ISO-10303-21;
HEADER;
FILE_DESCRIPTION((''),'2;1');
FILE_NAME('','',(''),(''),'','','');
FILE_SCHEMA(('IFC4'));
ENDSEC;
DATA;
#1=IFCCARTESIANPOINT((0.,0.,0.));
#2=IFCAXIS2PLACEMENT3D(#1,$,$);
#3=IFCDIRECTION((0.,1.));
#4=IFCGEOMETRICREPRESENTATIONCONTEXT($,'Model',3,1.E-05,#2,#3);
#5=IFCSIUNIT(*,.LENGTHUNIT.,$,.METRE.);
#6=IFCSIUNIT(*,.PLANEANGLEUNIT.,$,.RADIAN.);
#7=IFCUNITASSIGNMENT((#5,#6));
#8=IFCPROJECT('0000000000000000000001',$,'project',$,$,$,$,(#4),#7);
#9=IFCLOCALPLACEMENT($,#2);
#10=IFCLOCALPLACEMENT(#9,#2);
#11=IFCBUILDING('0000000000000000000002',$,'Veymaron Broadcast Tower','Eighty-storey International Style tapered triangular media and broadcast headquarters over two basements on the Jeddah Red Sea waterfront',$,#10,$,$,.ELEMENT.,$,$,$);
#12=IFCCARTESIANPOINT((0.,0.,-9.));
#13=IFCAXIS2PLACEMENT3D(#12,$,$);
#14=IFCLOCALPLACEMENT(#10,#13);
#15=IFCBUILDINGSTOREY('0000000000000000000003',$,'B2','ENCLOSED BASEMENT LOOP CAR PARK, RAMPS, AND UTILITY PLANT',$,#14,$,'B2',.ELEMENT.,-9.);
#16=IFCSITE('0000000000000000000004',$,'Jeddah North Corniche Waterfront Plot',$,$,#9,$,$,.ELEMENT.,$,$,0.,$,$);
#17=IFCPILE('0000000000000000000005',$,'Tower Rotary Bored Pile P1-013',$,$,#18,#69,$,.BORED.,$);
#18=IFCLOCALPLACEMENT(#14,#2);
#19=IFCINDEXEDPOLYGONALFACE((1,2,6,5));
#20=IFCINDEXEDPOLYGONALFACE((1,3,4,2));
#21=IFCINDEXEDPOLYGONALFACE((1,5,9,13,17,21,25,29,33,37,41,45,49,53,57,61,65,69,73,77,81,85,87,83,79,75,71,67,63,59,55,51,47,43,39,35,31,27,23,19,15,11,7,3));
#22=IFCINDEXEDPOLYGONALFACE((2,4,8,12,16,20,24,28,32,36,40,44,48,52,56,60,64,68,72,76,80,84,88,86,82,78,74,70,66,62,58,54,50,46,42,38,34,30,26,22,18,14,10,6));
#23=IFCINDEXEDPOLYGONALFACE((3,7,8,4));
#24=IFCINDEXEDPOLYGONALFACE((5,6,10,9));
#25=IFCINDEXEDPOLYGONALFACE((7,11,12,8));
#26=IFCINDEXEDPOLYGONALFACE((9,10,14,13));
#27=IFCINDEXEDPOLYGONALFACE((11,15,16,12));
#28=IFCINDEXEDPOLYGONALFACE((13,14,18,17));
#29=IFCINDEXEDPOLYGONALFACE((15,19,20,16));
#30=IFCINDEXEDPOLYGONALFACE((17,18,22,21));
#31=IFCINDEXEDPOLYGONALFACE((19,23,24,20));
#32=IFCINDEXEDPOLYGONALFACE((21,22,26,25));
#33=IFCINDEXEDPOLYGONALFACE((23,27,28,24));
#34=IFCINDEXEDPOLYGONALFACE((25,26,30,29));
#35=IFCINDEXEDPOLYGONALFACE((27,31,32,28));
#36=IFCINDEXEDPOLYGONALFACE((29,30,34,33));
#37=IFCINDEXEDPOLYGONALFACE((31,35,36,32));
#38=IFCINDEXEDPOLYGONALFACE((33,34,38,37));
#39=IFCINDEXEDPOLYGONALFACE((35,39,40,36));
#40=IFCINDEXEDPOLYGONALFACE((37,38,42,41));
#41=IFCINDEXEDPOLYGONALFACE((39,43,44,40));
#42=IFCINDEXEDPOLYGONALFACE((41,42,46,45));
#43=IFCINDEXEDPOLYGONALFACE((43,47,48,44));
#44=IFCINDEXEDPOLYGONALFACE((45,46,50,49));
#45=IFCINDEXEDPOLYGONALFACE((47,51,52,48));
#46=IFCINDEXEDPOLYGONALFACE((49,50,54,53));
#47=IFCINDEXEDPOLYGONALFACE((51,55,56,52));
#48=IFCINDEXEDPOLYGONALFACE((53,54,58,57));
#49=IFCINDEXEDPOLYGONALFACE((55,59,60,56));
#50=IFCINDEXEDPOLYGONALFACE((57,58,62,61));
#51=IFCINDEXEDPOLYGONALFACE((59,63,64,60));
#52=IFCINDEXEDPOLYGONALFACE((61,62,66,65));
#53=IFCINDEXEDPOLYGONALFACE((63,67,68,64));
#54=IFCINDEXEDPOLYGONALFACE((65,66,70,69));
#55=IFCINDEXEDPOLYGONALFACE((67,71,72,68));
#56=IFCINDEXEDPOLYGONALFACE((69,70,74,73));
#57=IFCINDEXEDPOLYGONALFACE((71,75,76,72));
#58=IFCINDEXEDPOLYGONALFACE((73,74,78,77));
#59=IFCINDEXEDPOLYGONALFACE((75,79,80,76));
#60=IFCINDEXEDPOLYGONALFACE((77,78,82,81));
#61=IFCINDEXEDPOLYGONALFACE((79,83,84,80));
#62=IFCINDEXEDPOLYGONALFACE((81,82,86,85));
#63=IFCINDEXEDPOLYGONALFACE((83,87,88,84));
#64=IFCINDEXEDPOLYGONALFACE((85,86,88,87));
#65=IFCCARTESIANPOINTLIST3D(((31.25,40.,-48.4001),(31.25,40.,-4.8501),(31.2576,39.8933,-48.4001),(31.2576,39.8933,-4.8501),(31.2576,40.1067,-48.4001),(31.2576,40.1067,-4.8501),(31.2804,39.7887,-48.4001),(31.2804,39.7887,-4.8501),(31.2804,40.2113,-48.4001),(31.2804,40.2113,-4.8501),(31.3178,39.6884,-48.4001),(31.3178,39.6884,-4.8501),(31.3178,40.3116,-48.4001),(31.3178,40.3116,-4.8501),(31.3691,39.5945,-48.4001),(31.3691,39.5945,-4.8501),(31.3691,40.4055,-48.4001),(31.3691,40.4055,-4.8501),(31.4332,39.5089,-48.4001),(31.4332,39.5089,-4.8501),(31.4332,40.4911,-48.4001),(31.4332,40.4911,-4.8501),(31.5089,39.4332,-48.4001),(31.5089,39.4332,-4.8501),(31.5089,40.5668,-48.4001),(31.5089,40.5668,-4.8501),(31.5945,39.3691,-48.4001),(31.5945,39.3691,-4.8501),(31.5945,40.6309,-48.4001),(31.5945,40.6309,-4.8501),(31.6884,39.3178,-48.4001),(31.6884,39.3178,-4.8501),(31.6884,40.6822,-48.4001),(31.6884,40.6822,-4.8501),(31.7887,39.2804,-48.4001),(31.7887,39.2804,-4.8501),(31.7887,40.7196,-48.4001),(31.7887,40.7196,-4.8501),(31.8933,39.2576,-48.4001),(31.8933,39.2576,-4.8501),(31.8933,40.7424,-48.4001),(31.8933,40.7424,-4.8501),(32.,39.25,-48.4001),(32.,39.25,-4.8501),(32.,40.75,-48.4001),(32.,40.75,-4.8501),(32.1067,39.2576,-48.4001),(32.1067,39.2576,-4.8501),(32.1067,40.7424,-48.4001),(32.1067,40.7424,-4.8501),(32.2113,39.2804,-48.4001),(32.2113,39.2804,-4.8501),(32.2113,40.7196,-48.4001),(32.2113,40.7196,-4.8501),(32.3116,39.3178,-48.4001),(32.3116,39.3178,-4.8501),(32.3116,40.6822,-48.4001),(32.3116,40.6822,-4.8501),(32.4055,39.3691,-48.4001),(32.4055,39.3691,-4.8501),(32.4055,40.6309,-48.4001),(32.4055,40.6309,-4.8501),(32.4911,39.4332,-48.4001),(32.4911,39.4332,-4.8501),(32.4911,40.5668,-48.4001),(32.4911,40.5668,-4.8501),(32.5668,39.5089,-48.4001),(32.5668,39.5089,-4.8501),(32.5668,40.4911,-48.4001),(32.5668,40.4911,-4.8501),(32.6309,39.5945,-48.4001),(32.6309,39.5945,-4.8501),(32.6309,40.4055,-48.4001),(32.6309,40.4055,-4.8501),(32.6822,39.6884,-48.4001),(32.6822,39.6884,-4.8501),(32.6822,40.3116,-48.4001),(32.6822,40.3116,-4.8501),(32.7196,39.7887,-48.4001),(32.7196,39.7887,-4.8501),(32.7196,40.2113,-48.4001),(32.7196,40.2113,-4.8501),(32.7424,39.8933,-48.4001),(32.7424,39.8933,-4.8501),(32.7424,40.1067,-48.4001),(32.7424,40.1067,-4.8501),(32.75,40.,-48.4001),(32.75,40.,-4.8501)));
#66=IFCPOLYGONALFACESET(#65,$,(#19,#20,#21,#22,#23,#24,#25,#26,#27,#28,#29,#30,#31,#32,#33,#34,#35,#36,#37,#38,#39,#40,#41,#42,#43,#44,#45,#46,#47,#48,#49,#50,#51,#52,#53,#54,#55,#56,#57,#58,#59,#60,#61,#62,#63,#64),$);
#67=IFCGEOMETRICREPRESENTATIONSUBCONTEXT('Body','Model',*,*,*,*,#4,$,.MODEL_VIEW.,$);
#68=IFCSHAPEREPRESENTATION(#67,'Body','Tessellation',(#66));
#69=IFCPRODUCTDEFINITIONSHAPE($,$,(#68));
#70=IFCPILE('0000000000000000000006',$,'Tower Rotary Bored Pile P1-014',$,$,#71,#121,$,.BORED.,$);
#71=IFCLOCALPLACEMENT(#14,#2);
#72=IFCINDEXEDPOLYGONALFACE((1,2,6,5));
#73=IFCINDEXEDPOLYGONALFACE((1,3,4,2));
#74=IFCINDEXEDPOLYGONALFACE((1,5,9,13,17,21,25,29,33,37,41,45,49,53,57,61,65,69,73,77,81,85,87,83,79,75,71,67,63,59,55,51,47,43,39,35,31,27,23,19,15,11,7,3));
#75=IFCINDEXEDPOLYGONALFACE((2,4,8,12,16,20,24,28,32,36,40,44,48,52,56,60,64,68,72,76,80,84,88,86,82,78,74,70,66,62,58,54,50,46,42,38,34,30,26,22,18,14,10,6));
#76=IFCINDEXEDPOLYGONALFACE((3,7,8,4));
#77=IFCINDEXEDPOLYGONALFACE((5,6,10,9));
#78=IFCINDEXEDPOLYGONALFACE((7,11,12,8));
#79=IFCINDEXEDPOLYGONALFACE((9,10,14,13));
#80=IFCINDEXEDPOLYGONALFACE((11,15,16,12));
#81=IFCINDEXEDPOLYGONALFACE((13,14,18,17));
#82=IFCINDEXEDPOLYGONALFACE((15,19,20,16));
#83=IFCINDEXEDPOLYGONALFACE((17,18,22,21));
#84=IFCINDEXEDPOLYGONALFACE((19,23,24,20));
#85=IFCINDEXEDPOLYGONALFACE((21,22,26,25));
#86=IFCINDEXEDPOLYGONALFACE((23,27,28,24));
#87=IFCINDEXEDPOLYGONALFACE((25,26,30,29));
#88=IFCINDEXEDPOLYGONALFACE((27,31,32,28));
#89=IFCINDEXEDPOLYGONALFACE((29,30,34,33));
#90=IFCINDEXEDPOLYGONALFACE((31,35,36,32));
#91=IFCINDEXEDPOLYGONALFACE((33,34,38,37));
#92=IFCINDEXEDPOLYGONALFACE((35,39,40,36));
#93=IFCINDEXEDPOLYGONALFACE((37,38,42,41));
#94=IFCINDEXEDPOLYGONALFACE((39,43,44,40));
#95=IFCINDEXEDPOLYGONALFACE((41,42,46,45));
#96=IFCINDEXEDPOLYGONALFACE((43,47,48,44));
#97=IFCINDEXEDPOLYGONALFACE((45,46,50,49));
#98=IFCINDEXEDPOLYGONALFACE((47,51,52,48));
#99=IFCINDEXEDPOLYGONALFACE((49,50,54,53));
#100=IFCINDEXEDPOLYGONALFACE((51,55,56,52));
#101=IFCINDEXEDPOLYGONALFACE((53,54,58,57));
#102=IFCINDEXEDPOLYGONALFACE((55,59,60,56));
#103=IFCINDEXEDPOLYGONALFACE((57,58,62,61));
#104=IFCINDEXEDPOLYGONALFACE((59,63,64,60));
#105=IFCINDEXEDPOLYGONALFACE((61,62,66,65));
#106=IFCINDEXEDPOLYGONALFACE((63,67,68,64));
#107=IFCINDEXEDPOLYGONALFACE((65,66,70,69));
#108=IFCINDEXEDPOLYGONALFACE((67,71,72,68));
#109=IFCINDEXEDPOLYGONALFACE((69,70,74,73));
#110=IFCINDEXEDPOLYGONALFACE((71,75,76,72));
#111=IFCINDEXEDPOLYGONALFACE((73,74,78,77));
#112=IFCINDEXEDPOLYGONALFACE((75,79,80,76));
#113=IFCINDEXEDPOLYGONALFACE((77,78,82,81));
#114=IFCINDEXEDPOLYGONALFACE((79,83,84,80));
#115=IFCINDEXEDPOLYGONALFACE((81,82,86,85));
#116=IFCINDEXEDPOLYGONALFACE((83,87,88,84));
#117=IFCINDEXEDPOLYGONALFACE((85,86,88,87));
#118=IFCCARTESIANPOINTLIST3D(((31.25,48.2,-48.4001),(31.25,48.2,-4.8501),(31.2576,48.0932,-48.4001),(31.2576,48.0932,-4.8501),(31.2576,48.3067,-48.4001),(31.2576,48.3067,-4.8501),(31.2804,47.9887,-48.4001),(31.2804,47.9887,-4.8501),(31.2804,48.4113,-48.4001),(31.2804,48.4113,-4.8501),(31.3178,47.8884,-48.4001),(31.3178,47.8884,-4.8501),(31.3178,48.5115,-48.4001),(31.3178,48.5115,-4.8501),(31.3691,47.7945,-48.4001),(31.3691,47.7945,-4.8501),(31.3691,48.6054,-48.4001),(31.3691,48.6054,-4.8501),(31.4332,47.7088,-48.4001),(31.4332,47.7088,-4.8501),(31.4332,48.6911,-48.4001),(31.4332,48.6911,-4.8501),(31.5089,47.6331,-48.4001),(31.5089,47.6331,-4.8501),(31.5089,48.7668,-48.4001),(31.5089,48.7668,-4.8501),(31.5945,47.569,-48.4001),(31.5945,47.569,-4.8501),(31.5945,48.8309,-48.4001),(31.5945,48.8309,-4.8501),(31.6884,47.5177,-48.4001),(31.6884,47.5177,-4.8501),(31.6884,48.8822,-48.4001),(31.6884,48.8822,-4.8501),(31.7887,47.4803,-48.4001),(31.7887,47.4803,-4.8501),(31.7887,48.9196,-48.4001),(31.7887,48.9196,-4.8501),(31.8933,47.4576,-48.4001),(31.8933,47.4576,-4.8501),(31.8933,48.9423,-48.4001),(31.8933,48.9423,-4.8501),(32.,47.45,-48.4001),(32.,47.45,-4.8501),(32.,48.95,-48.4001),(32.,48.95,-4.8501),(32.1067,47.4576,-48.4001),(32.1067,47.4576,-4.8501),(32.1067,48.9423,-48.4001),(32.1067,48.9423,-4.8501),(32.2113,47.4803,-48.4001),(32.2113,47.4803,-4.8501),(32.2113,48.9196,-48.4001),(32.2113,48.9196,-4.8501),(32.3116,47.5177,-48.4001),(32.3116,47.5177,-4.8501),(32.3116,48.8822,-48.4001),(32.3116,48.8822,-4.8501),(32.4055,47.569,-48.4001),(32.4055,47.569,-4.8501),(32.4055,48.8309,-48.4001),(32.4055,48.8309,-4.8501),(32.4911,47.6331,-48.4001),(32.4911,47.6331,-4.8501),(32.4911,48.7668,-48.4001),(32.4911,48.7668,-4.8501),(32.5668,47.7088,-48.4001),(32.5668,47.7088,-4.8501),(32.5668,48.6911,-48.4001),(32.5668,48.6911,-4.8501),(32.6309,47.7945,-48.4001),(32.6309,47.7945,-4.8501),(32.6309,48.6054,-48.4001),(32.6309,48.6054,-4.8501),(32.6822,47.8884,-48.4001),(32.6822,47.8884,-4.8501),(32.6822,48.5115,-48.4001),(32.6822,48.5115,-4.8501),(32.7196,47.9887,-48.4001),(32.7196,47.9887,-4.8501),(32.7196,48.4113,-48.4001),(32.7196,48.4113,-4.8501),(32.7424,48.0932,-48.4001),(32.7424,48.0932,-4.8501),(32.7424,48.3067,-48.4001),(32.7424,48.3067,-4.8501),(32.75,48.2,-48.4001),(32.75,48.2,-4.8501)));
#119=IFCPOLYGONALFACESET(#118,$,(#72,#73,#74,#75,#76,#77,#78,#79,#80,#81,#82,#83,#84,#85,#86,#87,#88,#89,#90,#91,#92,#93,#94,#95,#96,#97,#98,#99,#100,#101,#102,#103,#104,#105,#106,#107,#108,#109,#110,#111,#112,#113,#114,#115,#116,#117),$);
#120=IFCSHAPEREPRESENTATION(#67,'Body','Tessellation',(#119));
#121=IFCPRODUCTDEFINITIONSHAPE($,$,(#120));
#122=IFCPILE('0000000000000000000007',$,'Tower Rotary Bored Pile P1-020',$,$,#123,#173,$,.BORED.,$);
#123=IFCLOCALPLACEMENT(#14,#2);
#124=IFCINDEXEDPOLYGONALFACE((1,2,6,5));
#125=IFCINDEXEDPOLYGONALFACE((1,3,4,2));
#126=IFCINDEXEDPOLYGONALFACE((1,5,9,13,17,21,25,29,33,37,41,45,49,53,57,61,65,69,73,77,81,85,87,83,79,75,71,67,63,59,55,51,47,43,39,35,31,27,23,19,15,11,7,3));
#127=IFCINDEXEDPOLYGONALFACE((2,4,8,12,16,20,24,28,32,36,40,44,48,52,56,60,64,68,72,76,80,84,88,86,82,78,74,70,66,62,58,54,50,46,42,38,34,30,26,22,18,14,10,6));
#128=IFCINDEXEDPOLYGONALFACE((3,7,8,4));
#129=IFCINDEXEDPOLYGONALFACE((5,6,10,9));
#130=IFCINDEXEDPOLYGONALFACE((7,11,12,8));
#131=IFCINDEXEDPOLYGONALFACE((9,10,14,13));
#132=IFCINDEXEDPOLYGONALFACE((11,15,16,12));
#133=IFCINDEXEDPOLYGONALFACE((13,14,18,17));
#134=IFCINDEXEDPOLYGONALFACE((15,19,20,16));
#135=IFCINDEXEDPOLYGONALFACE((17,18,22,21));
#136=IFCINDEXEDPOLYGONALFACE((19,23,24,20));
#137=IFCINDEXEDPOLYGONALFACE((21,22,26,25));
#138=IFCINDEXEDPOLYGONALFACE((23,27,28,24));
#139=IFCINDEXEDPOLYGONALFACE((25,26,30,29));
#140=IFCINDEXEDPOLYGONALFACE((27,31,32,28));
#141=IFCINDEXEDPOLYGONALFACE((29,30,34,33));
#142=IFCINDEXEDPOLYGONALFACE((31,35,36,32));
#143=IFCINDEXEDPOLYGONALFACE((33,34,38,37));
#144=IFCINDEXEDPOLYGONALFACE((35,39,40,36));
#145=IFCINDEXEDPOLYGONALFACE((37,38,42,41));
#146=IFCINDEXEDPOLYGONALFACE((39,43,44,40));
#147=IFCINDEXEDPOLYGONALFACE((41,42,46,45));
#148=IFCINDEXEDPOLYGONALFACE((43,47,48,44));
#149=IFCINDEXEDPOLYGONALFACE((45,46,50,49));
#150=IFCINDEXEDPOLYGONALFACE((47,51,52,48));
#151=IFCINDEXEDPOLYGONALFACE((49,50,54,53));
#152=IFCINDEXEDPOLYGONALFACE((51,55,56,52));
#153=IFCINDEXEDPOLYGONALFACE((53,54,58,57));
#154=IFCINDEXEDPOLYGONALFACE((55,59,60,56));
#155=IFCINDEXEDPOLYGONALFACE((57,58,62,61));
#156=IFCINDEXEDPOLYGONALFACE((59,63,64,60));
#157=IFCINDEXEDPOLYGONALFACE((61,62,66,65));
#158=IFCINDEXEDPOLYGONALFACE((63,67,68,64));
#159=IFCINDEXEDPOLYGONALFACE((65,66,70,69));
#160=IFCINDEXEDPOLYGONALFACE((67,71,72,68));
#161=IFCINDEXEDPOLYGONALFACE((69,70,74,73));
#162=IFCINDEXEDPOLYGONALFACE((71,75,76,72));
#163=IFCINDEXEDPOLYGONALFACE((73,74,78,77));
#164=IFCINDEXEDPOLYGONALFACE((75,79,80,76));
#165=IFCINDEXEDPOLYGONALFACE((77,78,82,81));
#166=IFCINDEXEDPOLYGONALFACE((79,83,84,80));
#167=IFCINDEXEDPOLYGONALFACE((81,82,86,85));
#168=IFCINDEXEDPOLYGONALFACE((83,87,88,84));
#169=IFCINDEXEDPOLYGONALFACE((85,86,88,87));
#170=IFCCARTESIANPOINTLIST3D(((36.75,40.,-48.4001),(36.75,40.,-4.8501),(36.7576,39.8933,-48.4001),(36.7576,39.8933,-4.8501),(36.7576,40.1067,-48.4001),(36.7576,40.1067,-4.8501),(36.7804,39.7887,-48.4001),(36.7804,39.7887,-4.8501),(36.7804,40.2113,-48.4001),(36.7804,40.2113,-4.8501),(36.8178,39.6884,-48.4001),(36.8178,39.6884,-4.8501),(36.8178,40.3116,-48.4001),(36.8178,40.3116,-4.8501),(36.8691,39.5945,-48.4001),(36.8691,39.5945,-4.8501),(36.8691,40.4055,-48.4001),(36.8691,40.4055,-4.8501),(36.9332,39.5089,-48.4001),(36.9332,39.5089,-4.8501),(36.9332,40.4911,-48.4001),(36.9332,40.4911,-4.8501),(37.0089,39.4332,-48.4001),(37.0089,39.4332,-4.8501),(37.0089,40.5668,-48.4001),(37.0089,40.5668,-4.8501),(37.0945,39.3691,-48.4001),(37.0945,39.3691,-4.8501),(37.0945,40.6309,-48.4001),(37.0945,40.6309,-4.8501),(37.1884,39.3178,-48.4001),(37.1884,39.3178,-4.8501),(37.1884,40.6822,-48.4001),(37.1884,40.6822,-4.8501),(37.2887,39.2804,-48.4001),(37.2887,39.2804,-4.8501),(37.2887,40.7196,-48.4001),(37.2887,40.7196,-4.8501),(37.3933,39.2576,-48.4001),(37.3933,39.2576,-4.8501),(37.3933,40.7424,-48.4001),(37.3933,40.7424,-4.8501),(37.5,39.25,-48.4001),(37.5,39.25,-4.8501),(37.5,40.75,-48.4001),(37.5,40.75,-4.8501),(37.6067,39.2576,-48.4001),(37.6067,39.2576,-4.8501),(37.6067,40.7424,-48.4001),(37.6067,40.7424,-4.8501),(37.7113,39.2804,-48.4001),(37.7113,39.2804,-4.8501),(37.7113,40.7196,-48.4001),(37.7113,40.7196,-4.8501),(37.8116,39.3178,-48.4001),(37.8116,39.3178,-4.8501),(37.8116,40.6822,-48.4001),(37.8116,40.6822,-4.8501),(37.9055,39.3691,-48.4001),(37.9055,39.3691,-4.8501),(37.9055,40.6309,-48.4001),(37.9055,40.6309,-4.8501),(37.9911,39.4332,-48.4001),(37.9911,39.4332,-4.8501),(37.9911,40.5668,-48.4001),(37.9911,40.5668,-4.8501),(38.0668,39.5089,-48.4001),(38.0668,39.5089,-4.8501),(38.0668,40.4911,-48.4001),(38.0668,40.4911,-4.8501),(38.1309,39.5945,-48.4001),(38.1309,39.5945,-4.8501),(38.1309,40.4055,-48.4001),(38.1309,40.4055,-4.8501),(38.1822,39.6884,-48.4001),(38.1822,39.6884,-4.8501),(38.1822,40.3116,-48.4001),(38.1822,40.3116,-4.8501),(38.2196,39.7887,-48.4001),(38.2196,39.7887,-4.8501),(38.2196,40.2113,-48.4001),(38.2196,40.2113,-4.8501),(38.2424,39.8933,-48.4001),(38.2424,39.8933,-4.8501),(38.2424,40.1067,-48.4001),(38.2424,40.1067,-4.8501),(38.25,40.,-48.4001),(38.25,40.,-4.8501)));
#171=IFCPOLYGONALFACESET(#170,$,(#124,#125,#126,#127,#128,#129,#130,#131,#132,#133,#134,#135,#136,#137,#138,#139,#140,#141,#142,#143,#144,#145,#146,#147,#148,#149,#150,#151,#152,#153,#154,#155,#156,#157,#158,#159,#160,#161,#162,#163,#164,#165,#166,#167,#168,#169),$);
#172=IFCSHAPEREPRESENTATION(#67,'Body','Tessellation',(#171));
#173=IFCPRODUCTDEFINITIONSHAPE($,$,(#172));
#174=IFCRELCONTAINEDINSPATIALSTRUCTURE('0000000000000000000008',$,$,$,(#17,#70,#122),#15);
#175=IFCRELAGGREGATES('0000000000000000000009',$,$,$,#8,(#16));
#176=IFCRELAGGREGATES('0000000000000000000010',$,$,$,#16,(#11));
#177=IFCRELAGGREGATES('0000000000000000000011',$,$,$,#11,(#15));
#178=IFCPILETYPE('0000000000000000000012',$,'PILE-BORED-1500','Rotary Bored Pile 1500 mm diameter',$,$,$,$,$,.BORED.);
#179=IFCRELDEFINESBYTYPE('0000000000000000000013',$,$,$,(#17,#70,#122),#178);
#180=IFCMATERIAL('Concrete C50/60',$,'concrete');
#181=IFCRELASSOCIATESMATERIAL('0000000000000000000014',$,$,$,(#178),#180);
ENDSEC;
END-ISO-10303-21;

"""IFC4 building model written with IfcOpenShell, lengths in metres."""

from ifc_helpers import new_model, si_unit, direction, frame, origin, origin_2d, place, context, subcontext, project, spatial, circle, extrude, material, material_profile, profile_set, type_object, element, save


model = new_model("IFC4")

# Units and contexts
model_context = context("Model", 3, precision=1e-05, world=origin(), true_north=direction((0.0, 1.0)))
body_context = subcontext(model_context, "Body", "Model", "MODEL_VIEW")
ifc_project = project(units=[si_unit("LENGTHUNIT", "METRE"), si_unit("PLANEANGLEUNIT", "RADIAN")], contexts=[model_context])

# Site, building, storey
site_placement = place(None, origin())
site = spatial("IfcSite", under=ifc_project, at=site_placement, Name="Jeddah North Corniche Waterfront Plot", CompositionType="ELEMENT", RefElevation=0.0)
building_placement = place(site_placement, origin())
building = spatial("IfcBuilding", under=site, at=building_placement, Name="Veymaron Broadcast Tower", Description="Eighty-storey International Style tapered triangular media and broadcast headquarters over two basements on the Jeddah Red Sea waterfront", CompositionType="ELEMENT")
storey_placement = place(building_placement, frame((0.0, 0.0, -9.0)))
storey = spatial("IfcBuildingStorey", under=building, at=storey_placement, Name="B2", Description="ENCLOSED BASEMENT LOOP CAR PARK, RAMPS, AND UTILITY PLANT", LongName="B2", CompositionType="ELEMENT", Elevation=-9.0)

# Piles
ifc_material_1 = material(Name="Concrete C50/60", Category="concrete")
ifc_material_profile_1 = material_profile(ifc_material_1, circle(Radius=0.75, at=origin_2d()), Name="PILE1500")
ifc_profile_set_1 = profile_set([ifc_material_profile_1], Name="Concrete C50/60")
pile_type = type_object("IfcPileType", Name="PILE-BORED-1500", Description="Rotary Bored Pile 1500 mm diameter", PredefinedType="BORED", material=ifc_profile_set_1)
for number, where, z_axis, x_axis, name in (
    (1, (32.0, 40.0, -4.8501), (0.0, 0.0, -1.0), (1.0, 0.0, 0.0), "Tower Rotary Bored Pile P1-013"),
    (2, (32.0, 48.2, -4.8501), (0.0, 0.0, -1.0), (1.0, 0.0, 0.0), "Tower Rotary Bored Pile P1-014"),
    (3, (37.5, 40.0, -4.8501), (0.0, 0.0, -1.0), (1.0, 0.0, 0.0), "Tower Rotary Bored Pile P1-020"),
):
    element("IfcPile", number, at=place(storey_placement, frame(where, z_axis=z_axis, x_axis=x_axis)), inside=storey, type_object=pile_type, Name=name, PredefinedType="BORED", context=body_context, shape_type="SweptSolid", body=[
        extrude(circle(Radius=0.75, at=origin_2d()), origin(), (0.0, 0.0, 1.0), 43.55),
    ])

save(model, "model.ifc")
